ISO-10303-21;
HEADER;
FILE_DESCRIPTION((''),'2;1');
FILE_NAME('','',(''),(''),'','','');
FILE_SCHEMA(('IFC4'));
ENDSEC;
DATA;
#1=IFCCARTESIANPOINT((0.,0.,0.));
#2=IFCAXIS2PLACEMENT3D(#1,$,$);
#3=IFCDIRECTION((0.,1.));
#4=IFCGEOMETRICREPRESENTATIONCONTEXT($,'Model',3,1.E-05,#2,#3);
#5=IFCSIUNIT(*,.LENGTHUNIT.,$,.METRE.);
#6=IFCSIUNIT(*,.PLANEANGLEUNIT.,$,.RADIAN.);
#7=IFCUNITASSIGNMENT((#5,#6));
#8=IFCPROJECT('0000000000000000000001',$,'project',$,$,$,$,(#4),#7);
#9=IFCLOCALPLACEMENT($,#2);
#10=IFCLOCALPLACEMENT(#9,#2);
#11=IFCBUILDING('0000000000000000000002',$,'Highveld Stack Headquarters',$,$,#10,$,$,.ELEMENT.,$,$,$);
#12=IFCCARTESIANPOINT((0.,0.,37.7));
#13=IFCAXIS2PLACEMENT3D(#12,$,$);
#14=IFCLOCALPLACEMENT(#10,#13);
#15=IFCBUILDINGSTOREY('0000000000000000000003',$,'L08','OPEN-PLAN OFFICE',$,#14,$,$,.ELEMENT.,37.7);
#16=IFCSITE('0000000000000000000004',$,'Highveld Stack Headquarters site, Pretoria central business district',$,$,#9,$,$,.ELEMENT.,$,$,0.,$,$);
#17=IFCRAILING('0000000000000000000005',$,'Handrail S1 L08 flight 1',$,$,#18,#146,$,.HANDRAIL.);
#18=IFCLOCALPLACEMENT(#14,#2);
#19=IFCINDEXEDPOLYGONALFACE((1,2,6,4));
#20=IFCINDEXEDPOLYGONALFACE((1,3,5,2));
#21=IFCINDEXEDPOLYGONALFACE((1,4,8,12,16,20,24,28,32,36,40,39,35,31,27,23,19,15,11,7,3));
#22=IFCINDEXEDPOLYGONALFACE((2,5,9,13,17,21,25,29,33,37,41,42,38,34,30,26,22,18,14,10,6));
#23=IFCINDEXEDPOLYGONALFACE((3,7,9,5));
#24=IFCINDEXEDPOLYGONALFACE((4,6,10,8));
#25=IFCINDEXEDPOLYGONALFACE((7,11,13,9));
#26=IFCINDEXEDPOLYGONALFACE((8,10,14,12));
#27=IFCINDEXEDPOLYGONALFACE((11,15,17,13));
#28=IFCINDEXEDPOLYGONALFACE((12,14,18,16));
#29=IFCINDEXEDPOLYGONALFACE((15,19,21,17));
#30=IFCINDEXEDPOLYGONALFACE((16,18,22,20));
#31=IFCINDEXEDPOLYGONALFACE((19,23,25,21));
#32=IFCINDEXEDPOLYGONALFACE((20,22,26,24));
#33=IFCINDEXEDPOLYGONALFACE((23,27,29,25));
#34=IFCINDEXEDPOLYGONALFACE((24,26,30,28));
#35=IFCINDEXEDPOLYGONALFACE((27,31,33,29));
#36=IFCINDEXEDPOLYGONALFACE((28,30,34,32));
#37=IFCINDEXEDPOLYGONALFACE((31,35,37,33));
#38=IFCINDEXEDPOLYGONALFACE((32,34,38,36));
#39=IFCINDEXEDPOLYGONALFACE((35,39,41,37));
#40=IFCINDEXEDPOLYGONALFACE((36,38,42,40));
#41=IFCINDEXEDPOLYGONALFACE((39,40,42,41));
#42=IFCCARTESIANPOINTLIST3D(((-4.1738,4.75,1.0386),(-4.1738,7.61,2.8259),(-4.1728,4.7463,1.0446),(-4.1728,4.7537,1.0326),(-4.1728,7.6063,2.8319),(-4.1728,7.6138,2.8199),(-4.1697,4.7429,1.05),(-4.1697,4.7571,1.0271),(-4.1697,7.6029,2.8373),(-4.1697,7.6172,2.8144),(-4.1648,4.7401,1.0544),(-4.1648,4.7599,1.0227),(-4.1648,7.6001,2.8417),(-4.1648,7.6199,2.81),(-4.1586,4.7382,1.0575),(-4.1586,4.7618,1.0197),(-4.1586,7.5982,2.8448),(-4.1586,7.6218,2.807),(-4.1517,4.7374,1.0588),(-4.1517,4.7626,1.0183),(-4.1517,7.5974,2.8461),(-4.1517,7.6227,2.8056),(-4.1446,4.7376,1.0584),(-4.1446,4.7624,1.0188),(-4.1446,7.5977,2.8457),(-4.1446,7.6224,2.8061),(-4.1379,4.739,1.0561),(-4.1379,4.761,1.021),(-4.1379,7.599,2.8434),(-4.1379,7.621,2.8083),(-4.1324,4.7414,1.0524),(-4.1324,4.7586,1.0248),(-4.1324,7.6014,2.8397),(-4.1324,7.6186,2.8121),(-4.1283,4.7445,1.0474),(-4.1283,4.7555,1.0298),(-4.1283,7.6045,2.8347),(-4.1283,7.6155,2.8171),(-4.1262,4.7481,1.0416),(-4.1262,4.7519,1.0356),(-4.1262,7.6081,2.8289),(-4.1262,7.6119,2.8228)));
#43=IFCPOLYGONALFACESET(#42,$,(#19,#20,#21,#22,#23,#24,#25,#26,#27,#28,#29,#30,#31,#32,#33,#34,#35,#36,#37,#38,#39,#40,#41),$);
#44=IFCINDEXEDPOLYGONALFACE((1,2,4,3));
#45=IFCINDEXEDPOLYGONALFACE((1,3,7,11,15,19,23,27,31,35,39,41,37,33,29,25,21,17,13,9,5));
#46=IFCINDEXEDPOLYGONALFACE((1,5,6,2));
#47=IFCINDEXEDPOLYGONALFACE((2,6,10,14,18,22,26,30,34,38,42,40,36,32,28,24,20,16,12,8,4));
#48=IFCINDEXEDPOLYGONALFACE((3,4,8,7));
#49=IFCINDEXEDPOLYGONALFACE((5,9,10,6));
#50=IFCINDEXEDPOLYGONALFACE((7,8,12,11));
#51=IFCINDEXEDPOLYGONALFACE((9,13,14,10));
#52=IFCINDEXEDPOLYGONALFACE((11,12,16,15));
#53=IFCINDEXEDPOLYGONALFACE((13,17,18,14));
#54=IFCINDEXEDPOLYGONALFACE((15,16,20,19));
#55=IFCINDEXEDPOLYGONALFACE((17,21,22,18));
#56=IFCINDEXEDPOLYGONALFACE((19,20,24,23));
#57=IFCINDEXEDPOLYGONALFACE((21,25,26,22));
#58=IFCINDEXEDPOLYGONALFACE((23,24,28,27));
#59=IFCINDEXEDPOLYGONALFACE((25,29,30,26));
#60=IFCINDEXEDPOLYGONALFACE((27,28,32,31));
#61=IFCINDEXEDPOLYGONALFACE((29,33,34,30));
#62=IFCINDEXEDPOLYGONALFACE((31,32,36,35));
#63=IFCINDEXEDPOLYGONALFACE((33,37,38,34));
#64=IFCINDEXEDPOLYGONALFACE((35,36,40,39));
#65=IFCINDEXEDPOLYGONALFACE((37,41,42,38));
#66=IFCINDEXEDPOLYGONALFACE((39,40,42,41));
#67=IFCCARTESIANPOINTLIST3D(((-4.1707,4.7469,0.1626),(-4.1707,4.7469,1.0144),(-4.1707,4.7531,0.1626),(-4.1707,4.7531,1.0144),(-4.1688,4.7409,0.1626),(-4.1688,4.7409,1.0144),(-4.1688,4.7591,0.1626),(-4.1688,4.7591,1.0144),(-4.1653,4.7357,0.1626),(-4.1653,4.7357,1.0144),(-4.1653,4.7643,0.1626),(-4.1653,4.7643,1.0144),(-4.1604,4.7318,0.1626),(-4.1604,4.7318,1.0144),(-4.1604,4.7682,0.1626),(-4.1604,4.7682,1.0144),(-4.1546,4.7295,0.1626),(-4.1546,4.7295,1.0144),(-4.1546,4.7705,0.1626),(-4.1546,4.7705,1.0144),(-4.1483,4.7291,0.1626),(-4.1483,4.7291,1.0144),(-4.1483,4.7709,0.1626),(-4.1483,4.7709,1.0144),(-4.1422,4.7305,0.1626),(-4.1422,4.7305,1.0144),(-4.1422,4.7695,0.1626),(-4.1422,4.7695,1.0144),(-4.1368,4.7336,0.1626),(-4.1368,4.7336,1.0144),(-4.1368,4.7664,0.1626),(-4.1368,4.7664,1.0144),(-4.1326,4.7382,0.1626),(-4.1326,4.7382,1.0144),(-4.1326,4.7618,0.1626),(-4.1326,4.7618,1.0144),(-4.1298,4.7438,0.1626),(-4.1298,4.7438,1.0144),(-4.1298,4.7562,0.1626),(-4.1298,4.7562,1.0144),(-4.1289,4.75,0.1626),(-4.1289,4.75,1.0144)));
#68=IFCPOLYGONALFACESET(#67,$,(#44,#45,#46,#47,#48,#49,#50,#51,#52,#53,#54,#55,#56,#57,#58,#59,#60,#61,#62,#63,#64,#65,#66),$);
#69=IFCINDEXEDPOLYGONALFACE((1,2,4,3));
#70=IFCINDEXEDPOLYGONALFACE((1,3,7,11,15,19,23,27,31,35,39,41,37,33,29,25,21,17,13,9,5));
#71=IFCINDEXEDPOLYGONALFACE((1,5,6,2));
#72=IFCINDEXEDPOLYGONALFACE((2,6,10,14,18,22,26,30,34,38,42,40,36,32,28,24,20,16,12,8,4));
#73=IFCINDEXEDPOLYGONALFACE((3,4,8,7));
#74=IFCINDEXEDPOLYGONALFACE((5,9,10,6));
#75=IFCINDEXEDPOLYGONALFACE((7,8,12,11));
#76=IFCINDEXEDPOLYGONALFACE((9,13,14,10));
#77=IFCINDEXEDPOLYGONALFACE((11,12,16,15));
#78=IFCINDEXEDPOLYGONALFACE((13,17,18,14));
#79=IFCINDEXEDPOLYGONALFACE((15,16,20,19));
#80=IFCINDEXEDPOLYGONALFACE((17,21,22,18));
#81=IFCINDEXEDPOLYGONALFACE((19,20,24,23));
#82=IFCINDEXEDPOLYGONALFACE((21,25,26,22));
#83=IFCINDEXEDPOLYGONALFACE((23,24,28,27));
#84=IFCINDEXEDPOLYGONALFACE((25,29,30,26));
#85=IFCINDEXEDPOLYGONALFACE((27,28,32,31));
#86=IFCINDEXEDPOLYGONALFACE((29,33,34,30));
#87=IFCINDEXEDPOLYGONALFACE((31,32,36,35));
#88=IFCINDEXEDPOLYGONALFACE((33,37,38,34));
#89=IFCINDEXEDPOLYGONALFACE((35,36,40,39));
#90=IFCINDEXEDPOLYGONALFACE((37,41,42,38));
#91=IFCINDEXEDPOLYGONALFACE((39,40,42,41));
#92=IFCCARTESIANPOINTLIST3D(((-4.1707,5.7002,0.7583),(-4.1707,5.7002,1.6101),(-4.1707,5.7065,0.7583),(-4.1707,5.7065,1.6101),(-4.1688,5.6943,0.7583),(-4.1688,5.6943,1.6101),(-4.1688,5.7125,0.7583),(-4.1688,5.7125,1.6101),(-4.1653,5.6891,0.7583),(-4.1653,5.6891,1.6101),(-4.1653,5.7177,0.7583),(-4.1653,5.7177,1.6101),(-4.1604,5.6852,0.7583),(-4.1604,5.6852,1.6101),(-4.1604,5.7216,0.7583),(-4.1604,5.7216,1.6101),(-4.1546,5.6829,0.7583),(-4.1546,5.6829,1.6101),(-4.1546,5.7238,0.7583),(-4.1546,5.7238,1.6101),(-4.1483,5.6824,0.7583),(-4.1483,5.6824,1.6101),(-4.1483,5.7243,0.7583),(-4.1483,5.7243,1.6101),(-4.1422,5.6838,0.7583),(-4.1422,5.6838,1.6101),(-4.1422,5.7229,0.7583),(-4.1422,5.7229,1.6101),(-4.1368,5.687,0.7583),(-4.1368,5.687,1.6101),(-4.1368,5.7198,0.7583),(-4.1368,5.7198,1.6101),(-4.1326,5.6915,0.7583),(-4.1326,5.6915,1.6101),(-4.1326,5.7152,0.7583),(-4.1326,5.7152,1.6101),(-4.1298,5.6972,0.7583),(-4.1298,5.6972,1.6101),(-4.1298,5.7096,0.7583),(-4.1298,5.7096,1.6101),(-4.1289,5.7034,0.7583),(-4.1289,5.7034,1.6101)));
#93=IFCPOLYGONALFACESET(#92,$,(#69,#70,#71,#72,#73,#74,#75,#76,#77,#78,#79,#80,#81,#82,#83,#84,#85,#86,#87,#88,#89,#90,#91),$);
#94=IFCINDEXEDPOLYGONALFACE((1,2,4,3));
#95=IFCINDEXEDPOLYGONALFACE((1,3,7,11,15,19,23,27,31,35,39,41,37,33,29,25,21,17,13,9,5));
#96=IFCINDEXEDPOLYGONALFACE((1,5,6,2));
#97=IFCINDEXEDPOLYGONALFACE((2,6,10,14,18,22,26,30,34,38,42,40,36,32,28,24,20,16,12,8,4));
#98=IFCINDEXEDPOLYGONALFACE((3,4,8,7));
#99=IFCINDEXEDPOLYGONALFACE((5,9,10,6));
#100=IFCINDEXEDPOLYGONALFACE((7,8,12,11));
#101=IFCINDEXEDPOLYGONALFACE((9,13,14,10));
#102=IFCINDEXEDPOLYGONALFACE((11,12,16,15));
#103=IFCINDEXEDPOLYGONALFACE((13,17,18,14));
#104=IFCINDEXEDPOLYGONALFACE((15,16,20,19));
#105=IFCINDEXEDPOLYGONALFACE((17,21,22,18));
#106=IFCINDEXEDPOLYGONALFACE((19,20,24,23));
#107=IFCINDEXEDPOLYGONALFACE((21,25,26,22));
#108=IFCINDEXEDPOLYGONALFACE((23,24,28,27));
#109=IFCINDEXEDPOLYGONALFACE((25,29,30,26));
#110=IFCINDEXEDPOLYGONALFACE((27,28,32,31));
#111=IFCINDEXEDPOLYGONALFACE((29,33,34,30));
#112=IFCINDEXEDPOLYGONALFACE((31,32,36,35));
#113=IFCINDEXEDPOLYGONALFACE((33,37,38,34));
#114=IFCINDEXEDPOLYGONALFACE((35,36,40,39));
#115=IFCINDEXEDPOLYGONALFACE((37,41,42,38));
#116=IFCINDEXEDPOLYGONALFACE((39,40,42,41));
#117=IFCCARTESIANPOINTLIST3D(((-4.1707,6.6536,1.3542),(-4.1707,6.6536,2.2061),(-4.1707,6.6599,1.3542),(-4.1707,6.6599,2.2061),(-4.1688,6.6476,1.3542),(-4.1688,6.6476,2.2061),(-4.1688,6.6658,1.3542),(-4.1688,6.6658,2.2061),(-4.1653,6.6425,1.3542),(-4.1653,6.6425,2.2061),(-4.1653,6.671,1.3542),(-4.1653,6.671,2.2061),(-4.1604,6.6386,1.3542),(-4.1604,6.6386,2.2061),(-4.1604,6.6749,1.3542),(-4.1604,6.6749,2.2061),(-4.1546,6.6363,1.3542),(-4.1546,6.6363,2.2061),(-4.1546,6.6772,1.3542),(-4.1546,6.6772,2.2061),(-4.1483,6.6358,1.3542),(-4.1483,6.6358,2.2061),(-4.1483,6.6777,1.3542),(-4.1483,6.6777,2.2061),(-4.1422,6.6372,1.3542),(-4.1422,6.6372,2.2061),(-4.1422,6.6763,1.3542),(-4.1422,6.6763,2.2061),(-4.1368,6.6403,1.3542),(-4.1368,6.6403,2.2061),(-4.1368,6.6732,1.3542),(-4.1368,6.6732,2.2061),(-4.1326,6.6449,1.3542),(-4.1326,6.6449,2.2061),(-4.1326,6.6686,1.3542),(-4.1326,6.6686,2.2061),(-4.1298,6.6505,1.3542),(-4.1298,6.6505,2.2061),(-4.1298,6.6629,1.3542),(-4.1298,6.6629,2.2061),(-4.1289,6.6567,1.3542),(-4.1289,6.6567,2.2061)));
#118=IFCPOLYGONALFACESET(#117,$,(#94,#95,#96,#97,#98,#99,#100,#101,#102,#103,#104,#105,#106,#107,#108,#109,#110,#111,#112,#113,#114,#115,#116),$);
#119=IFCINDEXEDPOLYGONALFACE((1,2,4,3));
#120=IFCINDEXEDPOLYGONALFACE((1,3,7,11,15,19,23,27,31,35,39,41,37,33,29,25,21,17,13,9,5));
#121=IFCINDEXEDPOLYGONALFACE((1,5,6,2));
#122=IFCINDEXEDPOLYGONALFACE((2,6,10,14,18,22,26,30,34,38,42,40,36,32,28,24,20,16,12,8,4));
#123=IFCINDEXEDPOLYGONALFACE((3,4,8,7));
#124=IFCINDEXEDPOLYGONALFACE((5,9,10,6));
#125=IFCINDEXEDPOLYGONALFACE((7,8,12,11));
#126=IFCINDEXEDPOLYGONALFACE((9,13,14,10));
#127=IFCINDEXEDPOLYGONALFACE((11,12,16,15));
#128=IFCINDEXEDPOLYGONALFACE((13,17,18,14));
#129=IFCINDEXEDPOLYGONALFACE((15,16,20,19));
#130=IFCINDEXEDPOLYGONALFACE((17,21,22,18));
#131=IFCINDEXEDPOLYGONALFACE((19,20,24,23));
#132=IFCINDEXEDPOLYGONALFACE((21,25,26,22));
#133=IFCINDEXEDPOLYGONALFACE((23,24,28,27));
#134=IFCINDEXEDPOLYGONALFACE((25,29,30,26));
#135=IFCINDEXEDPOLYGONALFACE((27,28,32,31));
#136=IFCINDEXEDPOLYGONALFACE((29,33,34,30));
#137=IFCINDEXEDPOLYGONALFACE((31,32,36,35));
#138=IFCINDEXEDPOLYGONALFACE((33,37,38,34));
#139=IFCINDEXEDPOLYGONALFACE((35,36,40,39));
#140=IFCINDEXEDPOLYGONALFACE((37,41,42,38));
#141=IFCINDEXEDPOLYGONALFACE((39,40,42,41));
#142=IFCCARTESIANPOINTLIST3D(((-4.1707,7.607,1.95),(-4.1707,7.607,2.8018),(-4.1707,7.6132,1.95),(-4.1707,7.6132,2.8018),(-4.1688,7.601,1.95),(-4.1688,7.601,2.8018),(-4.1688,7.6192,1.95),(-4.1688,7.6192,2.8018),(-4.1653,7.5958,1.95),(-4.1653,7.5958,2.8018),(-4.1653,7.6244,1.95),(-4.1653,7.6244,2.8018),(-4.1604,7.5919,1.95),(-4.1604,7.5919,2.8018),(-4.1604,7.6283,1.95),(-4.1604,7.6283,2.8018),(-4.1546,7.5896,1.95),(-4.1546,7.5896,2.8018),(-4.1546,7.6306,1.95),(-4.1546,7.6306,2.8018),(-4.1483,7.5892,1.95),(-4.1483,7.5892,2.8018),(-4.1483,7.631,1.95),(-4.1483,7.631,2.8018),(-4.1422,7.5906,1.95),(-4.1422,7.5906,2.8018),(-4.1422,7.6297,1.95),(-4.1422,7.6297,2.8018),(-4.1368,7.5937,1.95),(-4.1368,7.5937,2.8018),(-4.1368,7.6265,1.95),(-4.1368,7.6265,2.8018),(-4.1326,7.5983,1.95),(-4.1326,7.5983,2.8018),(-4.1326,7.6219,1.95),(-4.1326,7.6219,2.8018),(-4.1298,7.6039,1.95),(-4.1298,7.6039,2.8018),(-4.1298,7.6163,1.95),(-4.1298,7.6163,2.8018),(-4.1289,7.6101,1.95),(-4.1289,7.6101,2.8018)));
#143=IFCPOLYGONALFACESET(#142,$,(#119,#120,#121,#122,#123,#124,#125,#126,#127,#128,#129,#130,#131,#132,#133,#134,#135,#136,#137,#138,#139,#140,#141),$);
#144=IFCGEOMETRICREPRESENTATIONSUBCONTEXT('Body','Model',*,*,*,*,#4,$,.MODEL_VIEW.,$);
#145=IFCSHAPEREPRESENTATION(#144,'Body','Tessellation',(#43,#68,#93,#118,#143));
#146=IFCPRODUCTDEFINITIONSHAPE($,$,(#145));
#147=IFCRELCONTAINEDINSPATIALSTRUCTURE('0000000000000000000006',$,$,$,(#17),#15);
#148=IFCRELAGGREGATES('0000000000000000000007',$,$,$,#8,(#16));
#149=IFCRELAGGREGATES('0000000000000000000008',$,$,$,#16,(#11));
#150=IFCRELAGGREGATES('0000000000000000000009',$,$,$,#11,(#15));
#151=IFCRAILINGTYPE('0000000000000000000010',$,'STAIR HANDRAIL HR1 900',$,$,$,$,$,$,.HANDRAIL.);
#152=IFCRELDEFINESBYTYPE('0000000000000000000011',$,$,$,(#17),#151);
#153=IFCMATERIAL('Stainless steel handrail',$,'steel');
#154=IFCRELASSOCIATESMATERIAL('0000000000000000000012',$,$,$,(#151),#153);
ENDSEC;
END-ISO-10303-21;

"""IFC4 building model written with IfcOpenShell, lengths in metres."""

from ifc_helpers import new_model, si_unit, direction, frame, origin, origin_2d, place, context, subcontext, project, spatial, circle, extrude, material, type_object, element, save


model = new_model("IFC4")

# Units and contexts
model_context = context("Model", 3, precision=1e-05, world=origin(), true_north=direction((0.0, 1.0)))
body_context = subcontext(model_context, "Body", "Model", "MODEL_VIEW")
ifc_project = project(units=[si_unit("LENGTHUNIT", "METRE"), si_unit("PLANEANGLEUNIT", "RADIAN")], contexts=[model_context])

# Site, building, storey
site_placement = place(None, origin())
site = spatial("IfcSite", under=ifc_project, at=site_placement, Name="Highveld Stack Headquarters site, Pretoria central business district", CompositionType="ELEMENT", RefElevation=0.0)
building_placement = place(site_placement, origin())
building = spatial("IfcBuilding", under=site, at=building_placement, Name="Highveld Stack Headquarters", CompositionType="ELEMENT")
storey_placement = place(building_placement, frame((0.0, 0.0, 37.7)))
storey = spatial("IfcBuildingStorey", under=building, at=storey_placement, Name="L08", Description="OPEN-PLAN OFFICE", CompositionType="ELEMENT", Elevation=37.7)

# Railing
ifc_material_1 = material(Name="Stainless steel handrail", Category="steel")
railing_type = type_object("IfcRailingType", Name="STAIR HANDRAIL HR1 900", PredefinedType="HANDRAIL", material=ifc_material_1)
for number, where, name in (
    (1, (-4.1499, 4.75, 0.1626), "Handrail S1 L08 flight 1"),
):
    element("IfcRailing", number, at=place(storey_placement, frame(where)), inside=storey, type_object=railing_type, Name=name, PredefinedType="HANDRAIL", context=body_context, shape_type="SweptSolid", body=[
        extrude(circle(Radius=0.0239, at=origin_2d()), frame((0.0, 0.0, 0.876), z_axis=(0.0, 0.848027, 0.529953), x_axis=(-1.0, 0.0, 0.0)), (0.0, 0.0, 1.0), 3.3726),
        extrude(circle(Radius=0.021, at=origin_2d()), origin(), (0.0, 0.0, 1.0), 0.8518),
        extrude(circle(Radius=0.021, at=origin_2d()), frame((0.0, 0.9534, 0.5957)), (0.0, 0.0, 1.0), 0.8518),
        extrude(circle(Radius=0.021, at=origin_2d()), frame((0.0, 1.9067, 1.1917)), (0.0, 0.0, 1.0), 0.8518),
        extrude(circle(Radius=0.021, at=origin_2d()), frame((0.0, 2.8601, 1.7874)), (0.0, 0.0, 1.0), 0.8518),
    ])

save(model, "model.ifc")
